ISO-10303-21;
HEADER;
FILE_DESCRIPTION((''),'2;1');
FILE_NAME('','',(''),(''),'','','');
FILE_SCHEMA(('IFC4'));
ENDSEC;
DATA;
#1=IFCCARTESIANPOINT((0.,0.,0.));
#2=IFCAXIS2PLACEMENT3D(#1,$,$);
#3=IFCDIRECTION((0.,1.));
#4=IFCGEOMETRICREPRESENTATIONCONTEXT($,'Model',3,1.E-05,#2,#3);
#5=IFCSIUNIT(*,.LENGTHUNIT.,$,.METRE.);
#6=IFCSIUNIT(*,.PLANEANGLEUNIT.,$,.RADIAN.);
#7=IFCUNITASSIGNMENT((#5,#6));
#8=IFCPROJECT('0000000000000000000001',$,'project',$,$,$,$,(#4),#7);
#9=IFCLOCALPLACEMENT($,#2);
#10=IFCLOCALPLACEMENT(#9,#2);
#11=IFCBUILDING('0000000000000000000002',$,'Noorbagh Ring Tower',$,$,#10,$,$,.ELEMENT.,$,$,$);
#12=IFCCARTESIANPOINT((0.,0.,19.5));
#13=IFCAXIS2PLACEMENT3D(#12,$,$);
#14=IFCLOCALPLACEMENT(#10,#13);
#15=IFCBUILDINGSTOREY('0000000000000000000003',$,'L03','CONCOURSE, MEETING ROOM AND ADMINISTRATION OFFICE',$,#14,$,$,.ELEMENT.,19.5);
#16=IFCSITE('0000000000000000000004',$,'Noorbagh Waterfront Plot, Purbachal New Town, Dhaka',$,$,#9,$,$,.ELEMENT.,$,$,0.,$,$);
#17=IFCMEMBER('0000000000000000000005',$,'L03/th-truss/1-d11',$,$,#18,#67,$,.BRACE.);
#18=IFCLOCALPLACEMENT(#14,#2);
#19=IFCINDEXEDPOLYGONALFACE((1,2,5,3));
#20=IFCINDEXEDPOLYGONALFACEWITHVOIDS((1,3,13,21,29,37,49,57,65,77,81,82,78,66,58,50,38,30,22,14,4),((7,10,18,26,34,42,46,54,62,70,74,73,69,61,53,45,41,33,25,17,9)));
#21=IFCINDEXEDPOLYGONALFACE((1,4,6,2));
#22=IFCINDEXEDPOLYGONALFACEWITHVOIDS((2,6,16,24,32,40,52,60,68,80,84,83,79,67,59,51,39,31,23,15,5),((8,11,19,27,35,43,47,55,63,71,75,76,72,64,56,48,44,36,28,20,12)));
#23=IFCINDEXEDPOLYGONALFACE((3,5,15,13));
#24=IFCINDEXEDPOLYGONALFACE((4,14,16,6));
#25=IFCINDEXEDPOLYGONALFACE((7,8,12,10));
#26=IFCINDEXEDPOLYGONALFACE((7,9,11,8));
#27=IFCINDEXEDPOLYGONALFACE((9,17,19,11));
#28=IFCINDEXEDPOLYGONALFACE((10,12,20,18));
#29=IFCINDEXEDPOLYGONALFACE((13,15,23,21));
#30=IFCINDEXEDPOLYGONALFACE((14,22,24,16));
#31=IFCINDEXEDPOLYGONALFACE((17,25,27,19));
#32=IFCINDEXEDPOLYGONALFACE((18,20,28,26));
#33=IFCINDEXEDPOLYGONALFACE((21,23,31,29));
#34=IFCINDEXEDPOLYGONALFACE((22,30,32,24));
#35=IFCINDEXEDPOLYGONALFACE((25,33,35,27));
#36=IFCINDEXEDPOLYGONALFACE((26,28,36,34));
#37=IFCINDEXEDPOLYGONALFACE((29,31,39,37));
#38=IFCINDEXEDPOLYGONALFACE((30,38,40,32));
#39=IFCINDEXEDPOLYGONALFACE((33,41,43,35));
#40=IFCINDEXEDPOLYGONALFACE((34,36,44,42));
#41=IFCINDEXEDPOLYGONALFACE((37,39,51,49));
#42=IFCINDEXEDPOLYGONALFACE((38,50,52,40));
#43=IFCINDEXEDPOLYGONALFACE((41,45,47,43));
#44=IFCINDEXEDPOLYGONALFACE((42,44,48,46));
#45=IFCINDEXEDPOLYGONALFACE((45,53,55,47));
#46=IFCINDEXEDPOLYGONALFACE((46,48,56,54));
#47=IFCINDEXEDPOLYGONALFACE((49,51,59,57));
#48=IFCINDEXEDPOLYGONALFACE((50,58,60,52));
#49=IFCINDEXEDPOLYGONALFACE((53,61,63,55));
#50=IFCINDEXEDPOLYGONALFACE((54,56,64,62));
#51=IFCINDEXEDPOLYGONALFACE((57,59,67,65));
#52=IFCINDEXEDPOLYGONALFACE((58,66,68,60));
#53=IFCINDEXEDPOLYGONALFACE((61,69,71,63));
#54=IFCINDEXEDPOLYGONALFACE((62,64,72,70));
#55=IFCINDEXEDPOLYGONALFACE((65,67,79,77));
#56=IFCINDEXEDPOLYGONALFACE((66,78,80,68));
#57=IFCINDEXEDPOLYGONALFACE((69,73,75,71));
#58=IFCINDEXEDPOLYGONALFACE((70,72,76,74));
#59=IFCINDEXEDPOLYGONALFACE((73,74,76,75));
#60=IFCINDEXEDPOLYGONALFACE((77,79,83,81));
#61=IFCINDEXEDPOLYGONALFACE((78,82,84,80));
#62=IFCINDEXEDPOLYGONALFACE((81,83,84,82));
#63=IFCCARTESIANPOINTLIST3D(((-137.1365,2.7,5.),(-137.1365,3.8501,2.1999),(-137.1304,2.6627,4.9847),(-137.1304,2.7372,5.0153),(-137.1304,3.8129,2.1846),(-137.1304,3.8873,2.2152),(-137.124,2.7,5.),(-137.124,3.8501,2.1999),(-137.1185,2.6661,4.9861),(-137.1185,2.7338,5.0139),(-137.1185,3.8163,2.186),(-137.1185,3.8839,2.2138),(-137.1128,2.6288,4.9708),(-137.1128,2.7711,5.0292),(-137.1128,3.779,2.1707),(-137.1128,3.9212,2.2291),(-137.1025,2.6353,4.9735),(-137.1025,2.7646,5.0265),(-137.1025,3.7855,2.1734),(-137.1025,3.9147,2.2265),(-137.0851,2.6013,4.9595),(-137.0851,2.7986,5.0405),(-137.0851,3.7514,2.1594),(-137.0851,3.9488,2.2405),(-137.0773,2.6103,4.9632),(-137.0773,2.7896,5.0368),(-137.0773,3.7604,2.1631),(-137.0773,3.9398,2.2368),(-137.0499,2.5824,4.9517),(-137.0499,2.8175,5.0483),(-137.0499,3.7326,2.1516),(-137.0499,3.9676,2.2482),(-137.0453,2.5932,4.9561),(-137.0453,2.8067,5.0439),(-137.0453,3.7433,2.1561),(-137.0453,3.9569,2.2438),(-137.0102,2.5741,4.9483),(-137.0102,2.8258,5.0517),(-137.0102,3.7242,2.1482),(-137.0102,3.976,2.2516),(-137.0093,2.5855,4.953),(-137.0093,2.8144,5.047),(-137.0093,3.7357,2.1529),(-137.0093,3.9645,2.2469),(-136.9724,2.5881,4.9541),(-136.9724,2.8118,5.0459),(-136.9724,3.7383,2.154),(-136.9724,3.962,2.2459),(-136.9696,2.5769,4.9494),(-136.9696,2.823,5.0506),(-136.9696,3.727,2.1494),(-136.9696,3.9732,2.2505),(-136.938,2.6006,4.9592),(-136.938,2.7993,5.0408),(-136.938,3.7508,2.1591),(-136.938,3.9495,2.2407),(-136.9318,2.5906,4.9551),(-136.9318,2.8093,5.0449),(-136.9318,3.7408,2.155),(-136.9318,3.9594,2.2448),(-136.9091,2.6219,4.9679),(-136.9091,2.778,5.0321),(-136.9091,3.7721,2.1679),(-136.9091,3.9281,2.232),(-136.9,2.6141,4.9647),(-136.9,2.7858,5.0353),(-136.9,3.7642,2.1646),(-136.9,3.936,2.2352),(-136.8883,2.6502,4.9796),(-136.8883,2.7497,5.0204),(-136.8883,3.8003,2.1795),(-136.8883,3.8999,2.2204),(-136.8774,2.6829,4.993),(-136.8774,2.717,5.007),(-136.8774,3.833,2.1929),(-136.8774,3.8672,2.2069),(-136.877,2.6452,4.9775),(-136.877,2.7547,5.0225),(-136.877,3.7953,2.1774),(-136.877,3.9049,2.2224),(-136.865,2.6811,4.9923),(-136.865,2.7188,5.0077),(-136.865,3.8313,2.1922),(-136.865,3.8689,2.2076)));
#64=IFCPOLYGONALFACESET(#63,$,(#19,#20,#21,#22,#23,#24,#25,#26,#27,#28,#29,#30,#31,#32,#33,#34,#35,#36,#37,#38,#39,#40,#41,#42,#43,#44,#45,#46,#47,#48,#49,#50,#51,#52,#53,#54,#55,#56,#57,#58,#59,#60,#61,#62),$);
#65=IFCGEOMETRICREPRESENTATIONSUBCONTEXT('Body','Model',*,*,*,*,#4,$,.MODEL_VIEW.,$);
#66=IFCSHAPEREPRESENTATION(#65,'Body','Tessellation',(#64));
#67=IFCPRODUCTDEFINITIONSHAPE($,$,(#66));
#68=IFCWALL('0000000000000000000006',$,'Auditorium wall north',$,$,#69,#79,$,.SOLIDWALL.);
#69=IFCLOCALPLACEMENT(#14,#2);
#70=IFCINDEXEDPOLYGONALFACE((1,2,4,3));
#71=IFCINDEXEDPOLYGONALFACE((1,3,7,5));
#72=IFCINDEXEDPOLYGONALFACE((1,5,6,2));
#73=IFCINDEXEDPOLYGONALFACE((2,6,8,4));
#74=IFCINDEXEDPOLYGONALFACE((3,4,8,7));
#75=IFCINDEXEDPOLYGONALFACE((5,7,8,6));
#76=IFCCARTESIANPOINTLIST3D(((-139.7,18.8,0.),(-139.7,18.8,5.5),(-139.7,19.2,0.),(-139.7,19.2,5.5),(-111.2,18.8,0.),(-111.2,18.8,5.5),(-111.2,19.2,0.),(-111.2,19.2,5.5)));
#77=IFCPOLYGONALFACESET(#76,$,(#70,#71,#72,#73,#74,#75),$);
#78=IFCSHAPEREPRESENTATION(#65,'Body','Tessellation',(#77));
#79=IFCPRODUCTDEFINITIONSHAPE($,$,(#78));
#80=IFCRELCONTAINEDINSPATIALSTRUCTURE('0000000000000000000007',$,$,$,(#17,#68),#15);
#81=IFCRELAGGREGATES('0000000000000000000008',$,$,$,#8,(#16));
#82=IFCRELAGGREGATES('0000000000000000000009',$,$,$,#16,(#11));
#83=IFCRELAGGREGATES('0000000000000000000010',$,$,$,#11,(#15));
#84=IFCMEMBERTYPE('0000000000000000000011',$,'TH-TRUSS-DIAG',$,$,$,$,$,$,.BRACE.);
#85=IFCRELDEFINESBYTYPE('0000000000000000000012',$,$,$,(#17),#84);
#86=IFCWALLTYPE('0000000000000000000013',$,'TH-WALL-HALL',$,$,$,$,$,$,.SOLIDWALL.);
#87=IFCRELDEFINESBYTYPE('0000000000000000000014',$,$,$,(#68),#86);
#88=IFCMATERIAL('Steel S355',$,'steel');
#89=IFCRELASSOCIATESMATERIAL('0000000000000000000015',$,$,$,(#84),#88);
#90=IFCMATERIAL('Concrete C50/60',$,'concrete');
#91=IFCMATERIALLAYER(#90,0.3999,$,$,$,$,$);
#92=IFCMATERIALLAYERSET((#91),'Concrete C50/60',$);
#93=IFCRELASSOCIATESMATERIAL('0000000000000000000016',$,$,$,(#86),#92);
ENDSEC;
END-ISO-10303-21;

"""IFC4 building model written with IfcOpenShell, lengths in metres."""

from ifc_helpers import new_model, si_unit, direction, frame, frame_2d, origin, origin_2d, place, context, subcontext, project, spatial, rectangle, hollow_circle, extrude, material, layer, layer_set, material_profile, profile_set, type_object, element, save


model = new_model("IFC4")

# Units and contexts
model_context = context("Model", 3, precision=1e-05, world=origin(), true_north=direction((0.0, 1.0)))
body_context = subcontext(model_context, "Body", "Model", "MODEL_VIEW")
ifc_project = project(units=[si_unit("LENGTHUNIT", "METRE"), si_unit("PLANEANGLEUNIT", "RADIAN")], contexts=[model_context])

# Site, building, storey
site_placement = place(None, origin())
site = spatial("IfcSite", under=ifc_project, at=site_placement, Name="Noorbagh Waterfront Plot, Purbachal New Town, Dhaka", CompositionType="ELEMENT", RefElevation=0.0)
building_placement = place(site_placement, origin())
building = spatial("IfcBuilding", under=site, at=building_placement, Name="Noorbagh Ring Tower", CompositionType="ELEMENT")
storey_placement = place(building_placement, frame((0.0, 0.0, 19.5)))
storey = spatial("IfcBuildingStorey", under=building, at=storey_placement, Name="L03", Description="CONCOURSE, MEETING ROOM AND ADMINISTRATION OFFICE", CompositionType="ELEMENT", Elevation=19.5)

# Member
ifc_material_1 = material(Name="Steel S355", Category="steel")
ifc_material_profile_1 = material_profile(ifc_material_1, hollow_circle(Radius=0.1365, WallThickness=0.0125, at=origin_2d()), Name="CHS273x12.5")
ifc_profile_set_1 = profile_set([ifc_material_profile_1], Name="Steel S355")
member_type = type_object("IfcMemberType", Name="TH-TRUSS-DIAG", PredefinedType="BRACE", material=ifc_profile_set_1)
member_placement = place(storey_placement, frame((-137.0, 2.7, 5.0), z_axis=(0.0, 0.379955, -0.925005), x_axis=(-1.0, 0.0, 0.0)))
element("IfcMember", 1, at=member_placement, inside=storey, type_object=member_type, Name="L03/th-truss/1-d11", PredefinedType="BRACE", context=body_context, shape_type="SweptSolid", body=[
    extrude(hollow_circle(Radius=0.1365, WallThickness=0.0125, at=origin_2d()), origin(), (0.0, 0.0, 1.0), 3.0271),
])

# Wall
ifc_material_2 = material(Name="Concrete C50/60", Category="concrete")
ifc_layer_1 = layer(ifc_material_2, 0.3999)
ifc_layer_set_1 = layer_set([ifc_layer_1], Name="Concrete C50/60")
wall_type = type_object("IfcWallType", Name="TH-WALL-HALL", PredefinedType="SOLIDWALL", material=ifc_layer_set_1)
wall_placement = place(storey_placement, frame((-139.7, 19.0, 0.0), z_axis=(0.0, 0.0, 1.0), x_axis=(1.0, 0.0, 0.0)))
element("IfcWall", 2, at=wall_placement, inside=storey, type_object=wall_type, Name="Auditorium wall north", PredefinedType="SOLIDWALL", context=body_context, shape_type="SweptSolid", body=[
    extrude(rectangle(XDim=28.5, YDim=0.3999, at=frame_2d((14.25, 0.0))), origin(), (0.0, 0.0, 1.0), 5.5),
])

save(model, "model.ifc")
